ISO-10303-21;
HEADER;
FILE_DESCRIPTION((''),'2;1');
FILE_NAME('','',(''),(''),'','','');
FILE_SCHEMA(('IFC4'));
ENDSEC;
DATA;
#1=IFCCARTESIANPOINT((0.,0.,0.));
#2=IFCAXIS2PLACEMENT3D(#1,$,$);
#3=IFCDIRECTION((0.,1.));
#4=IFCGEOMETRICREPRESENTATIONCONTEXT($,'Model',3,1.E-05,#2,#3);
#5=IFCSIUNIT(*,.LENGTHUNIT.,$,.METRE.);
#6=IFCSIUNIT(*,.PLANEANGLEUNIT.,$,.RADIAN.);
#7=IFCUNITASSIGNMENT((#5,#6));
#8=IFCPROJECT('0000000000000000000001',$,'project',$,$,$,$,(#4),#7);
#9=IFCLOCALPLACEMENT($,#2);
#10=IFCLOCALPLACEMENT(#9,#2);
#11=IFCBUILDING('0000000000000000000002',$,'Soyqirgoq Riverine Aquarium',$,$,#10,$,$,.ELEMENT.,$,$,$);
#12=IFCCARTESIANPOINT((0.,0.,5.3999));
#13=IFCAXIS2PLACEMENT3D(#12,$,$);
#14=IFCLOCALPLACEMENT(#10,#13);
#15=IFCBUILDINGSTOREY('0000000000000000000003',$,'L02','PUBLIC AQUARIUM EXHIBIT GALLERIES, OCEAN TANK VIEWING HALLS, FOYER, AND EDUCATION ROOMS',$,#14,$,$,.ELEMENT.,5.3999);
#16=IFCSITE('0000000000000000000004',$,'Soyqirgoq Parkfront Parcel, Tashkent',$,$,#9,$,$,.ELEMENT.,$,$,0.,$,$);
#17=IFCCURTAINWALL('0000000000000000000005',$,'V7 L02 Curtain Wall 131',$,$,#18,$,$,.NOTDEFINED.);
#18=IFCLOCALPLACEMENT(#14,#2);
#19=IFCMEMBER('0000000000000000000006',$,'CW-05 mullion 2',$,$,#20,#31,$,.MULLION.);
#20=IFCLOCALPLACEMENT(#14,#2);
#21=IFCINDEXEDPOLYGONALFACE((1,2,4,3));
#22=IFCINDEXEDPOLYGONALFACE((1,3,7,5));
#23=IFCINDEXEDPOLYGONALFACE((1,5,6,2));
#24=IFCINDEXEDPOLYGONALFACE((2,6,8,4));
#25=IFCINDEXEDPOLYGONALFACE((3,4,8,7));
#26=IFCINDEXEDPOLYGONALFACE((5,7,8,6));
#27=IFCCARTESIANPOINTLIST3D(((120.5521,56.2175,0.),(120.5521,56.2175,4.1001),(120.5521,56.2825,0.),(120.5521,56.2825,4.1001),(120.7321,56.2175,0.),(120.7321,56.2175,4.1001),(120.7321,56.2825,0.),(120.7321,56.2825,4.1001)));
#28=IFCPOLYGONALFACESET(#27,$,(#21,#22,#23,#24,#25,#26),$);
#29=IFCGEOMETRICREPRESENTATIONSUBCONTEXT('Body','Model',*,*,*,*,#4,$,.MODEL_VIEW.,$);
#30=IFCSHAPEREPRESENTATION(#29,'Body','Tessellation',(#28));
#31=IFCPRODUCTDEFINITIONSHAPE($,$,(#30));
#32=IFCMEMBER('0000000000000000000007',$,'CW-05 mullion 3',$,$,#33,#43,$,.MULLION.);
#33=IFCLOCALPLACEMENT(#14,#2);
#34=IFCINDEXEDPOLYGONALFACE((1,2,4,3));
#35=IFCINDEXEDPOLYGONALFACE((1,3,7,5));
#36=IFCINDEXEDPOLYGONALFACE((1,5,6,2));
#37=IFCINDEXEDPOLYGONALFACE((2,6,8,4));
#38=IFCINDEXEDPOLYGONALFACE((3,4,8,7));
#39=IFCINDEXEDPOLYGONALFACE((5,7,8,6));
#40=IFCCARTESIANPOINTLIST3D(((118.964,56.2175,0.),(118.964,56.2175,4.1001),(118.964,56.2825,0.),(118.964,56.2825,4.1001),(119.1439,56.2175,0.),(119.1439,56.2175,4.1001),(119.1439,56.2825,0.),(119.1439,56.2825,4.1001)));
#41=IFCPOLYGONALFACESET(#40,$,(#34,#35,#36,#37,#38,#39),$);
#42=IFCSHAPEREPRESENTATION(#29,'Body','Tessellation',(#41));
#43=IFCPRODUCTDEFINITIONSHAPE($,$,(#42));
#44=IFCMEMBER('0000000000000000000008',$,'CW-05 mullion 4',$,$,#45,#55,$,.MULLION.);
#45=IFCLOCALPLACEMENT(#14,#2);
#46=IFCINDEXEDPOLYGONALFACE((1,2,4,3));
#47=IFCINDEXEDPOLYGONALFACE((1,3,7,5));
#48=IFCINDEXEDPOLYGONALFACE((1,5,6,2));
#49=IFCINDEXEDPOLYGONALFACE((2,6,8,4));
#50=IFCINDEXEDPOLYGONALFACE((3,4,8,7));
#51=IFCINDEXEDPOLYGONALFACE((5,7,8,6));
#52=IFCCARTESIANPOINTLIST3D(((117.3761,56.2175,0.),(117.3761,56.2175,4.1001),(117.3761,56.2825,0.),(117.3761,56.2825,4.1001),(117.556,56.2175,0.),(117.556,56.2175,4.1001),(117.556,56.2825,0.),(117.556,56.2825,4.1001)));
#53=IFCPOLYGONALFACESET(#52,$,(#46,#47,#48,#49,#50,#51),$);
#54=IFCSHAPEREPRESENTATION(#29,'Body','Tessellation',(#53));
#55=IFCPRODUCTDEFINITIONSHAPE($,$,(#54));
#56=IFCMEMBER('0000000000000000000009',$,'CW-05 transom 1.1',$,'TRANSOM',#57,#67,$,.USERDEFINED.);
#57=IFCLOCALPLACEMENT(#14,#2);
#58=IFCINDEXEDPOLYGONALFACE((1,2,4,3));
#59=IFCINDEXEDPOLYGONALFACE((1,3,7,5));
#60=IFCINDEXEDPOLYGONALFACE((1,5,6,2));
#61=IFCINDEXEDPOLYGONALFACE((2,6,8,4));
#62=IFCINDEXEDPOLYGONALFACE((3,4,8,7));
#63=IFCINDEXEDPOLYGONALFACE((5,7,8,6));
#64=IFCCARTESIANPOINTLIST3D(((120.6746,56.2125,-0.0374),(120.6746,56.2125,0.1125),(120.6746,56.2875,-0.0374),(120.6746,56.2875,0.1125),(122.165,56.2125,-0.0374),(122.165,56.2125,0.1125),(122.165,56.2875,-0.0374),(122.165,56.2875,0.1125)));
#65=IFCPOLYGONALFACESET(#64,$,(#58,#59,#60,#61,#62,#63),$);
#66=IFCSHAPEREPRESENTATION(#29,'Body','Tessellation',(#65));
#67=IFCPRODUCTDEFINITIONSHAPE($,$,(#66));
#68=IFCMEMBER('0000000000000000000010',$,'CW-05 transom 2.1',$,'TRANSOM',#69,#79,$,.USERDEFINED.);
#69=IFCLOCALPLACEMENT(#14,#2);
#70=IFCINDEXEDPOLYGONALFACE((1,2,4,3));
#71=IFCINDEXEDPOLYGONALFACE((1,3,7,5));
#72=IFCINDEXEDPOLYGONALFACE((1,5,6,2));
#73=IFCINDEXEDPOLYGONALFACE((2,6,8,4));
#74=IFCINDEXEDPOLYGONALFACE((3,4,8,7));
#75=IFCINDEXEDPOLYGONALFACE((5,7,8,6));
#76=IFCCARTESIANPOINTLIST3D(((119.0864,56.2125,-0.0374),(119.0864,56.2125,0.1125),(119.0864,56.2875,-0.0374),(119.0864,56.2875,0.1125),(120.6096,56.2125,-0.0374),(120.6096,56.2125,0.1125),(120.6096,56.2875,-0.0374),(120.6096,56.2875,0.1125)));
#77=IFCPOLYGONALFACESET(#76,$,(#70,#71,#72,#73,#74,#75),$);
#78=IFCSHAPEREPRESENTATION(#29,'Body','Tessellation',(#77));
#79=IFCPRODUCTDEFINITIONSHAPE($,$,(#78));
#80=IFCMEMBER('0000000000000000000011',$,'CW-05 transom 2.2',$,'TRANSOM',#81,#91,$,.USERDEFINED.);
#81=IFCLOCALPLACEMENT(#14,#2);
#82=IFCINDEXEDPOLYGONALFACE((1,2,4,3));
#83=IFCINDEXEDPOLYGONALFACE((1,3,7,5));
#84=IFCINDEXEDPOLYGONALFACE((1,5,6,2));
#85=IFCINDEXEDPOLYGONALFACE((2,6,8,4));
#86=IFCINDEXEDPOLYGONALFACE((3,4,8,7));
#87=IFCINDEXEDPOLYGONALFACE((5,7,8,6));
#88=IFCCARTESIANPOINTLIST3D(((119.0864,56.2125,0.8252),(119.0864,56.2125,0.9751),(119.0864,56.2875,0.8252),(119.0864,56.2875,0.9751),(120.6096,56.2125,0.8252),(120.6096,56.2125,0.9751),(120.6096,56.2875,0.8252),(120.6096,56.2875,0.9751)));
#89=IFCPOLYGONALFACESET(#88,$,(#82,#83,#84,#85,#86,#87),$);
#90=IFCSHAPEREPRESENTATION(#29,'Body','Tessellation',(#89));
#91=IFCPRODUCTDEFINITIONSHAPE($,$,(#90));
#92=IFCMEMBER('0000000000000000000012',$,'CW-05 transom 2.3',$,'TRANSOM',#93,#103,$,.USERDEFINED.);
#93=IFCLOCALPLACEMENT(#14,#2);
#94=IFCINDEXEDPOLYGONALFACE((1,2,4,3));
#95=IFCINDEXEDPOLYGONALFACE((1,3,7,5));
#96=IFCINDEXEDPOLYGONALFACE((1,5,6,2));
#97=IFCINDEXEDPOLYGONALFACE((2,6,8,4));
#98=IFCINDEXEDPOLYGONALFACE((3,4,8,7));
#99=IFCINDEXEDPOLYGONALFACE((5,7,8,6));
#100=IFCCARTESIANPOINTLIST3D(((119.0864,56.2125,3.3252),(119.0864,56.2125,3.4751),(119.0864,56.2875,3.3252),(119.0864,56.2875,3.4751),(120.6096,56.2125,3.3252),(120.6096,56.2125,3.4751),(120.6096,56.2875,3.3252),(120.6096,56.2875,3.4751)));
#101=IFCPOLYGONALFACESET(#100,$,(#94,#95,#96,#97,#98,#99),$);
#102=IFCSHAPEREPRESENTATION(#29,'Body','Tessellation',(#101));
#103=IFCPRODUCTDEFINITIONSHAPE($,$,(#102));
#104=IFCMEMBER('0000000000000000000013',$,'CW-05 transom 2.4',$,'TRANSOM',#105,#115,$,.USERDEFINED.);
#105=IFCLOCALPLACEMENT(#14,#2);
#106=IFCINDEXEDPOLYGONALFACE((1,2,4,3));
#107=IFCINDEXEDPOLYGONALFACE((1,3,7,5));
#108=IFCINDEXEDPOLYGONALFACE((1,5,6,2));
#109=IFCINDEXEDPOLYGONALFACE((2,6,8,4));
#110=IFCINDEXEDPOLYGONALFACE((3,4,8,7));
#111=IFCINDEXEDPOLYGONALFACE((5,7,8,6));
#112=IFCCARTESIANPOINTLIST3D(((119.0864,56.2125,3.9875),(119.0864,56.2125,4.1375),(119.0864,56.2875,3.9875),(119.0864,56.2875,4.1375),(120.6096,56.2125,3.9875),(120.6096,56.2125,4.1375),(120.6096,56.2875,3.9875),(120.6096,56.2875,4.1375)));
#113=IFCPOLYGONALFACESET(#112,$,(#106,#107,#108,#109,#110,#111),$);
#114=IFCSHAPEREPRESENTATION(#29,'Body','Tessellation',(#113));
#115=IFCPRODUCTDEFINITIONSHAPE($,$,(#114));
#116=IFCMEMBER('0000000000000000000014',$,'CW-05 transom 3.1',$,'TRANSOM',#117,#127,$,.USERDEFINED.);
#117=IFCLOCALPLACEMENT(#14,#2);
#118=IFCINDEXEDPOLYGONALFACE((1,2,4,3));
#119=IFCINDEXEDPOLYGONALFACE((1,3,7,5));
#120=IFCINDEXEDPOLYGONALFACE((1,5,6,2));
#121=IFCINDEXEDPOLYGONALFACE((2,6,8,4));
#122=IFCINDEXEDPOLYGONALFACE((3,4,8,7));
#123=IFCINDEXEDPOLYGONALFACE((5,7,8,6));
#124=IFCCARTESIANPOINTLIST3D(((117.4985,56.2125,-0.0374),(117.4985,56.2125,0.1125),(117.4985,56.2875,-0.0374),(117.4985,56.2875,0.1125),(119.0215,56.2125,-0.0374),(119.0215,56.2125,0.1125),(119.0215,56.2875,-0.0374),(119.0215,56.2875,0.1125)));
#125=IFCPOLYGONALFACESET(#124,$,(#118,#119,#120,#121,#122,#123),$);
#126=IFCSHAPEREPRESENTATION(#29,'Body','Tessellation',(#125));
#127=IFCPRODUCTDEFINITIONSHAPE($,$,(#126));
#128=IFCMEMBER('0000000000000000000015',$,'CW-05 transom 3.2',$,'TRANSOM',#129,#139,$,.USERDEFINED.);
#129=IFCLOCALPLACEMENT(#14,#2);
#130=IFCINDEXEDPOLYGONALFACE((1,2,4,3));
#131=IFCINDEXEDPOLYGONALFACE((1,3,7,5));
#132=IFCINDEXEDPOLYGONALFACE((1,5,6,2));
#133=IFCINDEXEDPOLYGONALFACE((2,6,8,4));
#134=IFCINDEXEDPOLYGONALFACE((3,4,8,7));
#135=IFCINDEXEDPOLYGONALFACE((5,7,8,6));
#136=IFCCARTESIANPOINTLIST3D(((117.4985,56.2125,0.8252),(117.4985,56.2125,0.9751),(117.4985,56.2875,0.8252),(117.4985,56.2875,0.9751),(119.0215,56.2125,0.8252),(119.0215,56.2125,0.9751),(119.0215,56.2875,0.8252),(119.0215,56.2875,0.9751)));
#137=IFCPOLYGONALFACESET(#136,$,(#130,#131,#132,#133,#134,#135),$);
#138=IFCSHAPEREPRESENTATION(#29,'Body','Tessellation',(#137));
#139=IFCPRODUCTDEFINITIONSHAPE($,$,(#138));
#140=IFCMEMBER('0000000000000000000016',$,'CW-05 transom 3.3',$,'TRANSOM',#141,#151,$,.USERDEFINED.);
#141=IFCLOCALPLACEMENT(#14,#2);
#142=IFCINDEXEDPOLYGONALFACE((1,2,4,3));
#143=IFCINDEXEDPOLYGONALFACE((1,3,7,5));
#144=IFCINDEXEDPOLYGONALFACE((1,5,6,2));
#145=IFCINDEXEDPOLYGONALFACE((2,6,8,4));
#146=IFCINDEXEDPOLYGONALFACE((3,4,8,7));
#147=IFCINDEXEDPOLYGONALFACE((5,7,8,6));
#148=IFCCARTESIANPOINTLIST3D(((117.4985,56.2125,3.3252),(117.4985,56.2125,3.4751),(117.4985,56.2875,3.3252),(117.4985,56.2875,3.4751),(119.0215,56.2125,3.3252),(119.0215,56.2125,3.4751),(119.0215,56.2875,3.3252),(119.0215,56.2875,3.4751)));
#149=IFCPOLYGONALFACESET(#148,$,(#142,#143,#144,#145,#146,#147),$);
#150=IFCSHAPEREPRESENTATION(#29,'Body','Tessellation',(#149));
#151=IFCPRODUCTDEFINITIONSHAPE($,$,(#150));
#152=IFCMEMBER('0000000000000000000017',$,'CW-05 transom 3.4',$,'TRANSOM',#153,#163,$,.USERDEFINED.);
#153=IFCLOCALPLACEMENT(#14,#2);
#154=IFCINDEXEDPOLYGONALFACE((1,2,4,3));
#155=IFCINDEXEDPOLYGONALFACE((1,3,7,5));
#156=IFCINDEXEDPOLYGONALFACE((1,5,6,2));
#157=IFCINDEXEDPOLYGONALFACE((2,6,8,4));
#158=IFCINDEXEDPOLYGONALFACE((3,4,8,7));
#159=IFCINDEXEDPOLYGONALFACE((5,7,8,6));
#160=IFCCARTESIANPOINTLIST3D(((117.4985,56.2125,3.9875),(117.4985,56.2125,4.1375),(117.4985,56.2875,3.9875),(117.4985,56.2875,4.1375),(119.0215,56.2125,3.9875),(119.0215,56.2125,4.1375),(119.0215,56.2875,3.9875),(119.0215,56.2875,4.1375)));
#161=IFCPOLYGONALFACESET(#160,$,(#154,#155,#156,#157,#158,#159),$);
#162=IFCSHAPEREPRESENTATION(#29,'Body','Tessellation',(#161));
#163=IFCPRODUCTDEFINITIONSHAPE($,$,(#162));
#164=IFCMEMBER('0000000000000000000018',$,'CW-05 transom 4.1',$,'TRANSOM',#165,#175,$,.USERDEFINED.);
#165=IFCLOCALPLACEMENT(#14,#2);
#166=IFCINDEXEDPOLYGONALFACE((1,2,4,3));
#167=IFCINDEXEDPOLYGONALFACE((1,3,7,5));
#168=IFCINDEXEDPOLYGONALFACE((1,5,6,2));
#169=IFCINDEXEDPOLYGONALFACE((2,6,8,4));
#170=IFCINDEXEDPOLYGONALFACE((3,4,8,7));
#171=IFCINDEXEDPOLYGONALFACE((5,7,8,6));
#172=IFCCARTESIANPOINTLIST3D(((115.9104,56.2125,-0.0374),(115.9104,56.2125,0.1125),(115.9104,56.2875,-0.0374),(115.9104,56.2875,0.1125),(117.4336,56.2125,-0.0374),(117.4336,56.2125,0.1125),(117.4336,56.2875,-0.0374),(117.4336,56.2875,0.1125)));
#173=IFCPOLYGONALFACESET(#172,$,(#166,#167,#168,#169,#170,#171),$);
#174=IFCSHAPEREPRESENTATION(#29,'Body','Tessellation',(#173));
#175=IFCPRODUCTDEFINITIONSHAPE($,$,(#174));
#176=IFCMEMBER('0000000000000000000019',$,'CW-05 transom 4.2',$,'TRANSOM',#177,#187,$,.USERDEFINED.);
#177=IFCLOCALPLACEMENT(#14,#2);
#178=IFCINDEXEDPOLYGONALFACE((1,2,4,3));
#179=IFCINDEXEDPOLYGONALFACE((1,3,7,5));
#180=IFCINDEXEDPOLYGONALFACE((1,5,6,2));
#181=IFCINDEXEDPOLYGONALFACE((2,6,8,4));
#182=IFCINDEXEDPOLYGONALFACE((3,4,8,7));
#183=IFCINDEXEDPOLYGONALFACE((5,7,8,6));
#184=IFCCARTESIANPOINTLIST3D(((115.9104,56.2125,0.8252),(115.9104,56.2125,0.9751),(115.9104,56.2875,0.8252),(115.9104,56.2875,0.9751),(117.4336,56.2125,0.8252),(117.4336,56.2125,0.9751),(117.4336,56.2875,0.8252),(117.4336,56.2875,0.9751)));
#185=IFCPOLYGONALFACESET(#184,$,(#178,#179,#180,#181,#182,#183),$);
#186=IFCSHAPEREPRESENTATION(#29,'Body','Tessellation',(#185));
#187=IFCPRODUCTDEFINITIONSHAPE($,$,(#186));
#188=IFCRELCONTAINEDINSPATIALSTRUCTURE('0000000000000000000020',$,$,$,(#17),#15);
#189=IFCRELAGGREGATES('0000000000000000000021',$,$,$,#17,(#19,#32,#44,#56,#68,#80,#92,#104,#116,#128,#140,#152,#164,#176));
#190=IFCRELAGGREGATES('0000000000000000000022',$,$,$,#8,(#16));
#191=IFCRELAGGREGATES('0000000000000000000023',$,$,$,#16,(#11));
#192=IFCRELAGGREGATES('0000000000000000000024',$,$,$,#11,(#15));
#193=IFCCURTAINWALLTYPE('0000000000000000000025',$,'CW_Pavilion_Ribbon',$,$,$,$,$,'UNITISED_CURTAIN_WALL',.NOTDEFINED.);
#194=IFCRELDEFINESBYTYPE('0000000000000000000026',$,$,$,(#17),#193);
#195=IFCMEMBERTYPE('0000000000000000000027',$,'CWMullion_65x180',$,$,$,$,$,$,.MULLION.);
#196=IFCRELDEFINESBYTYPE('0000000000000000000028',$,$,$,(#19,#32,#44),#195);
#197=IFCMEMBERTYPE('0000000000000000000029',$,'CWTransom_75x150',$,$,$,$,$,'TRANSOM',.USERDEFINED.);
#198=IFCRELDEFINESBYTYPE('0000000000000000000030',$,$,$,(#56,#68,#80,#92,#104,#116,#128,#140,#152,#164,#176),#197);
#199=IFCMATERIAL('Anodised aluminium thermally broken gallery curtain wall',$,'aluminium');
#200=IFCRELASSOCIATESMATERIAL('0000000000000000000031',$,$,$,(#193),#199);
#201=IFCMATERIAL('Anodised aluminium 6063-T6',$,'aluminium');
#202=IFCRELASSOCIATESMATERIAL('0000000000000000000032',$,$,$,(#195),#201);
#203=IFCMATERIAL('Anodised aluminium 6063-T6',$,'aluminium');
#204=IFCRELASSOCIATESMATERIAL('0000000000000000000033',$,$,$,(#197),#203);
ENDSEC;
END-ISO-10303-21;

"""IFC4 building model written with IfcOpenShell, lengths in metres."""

from ifc_helpers import new_model, si_unit, direction, frame, origin, origin_2d, place, context, subcontext, project, spatial, rectangle, extrude, material, material_profile, profile_set, type_object, element, aggregate, save


model = new_model("IFC4")

# Units and contexts
model_context = context("Model", 3, precision=1e-05, world=origin(), true_north=direction((0.0, 1.0)))
body_context = subcontext(model_context, "Body", "Model", "MODEL_VIEW")
ifc_project = project(units=[si_unit("LENGTHUNIT", "METRE"), si_unit("PLANEANGLEUNIT", "RADIAN")], contexts=[model_context])

# Site, building, storey
site_placement = place(None, origin())
site = spatial("IfcSite", under=ifc_project, at=site_placement, Name="Soyqirgoq Parkfront Parcel, Tashkent", CompositionType="ELEMENT", RefElevation=0.0)
building_placement = place(site_placement, origin())
building = spatial("IfcBuilding", under=site, at=building_placement, Name="Soyqirgoq Riverine Aquarium", CompositionType="ELEMENT")
storey_placement = place(building_placement, frame((0.0, 0.0, 5.3999)))
storey = spatial("IfcBuildingStorey", under=building, at=storey_placement, Name="L02", Description="PUBLIC AQUARIUM EXHIBIT GALLERIES, OCEAN TANK VIEWING HALLS, FOYER, AND EDUCATION ROOMS", CompositionType="ELEMENT", Elevation=5.3999)

# Curtain wall, members
ifc_material_1 = material(Name="Anodised aluminium thermally broken gallery curtain wall", Category="aluminium")
curtain_wall_type = type_object("IfcCurtainWallType", Name="CW_Pavilion_Ribbon", ElementType="UNITISED_CURTAIN_WALL", PredefinedType="NOTDEFINED", material=ifc_material_1)
curtain_wall_placement = place(storey_placement, origin())
curtain_wall = element("IfcCurtainWall", 1, at=curtain_wall_placement, inside=storey, type_object=curtain_wall_type, Name="V7 L02 Curtain Wall 131", PredefinedType="NOTDEFINED")
ifc_material_2 = material(Name="Anodised aluminium 6063-T6", Category="aluminium")
ifc_material_profile_1 = material_profile(ifc_material_2, rectangle(XDim=0.0649, YDim=0.1799, at=origin_2d()), Name="ALU-M 65x180")
ifc_profile_set_1 = profile_set([ifc_material_profile_1], Name="Anodised aluminium 6063-T6")
member_type_1 = type_object("IfcMemberType", Name="CWMullion_65x180", PredefinedType="MULLION", material=ifc_profile_set_1)
member_1_placement = place(storey_placement, frame((120.6421, 56.25, 0.0), z_axis=(0.0, 0.0, 1.0), x_axis=(0.0, -1.0, 0.0)))
member_1 = element("IfcMember", 2, at=member_1_placement, type_object=member_type_1, Name="CW-05 mullion 2", PredefinedType="MULLION", context=body_context, shape_type="SweptSolid", body=[
    extrude(rectangle(XDim=0.0649, YDim=0.1799, at=origin_2d()), origin(), (0.0, 0.0, 1.0), 4.1001),
])
member_2_placement = place(storey_placement, frame((119.054, 56.25, 0.0), z_axis=(0.0, 0.0, 1.0), x_axis=(0.0, -1.0, 0.0)))
member_2 = element("IfcMember", 3, at=member_2_placement, type_object=member_type_1, Name="CW-05 mullion 3", PredefinedType="MULLION", context=body_context, shape_type="SweptSolid", body=[
    extrude(rectangle(XDim=0.0649, YDim=0.1799, at=origin_2d()), origin(), (0.0, 0.0, 1.0), 4.1001),
])
member_3_placement = place(storey_placement, frame((117.4661, 56.25, 0.0), z_axis=(0.0, 0.0, 1.0), x_axis=(0.0, -1.0, 0.0)))
member_3 = element("IfcMember", 4, at=member_3_placement, type_object=member_type_1, Name="CW-05 mullion 4", PredefinedType="MULLION", context=body_context, shape_type="SweptSolid", body=[
    extrude(rectangle(XDim=0.0649, YDim=0.1799, at=origin_2d()), origin(), (0.0, 0.0, 1.0), 4.1001),
])
ifc_material_3 = material(Name="Anodised aluminium 6063-T6", Category="aluminium")
ifc_material_profile_2 = material_profile(ifc_material_3, rectangle(XDim=0.075, YDim=0.1499, at=origin_2d()), Name="ALU-T 75x150")
ifc_profile_set_2 = profile_set([ifc_material_profile_2], Name="Anodised aluminium 6063-T6")
member_type_2 = type_object("IfcMemberType", Name="CWTransom_75x150", ElementType="TRANSOM", PredefinedType="USERDEFINED", material=ifc_profile_set_2)
member_4_placement = place(storey_placement, frame((122.165, 56.25, 0.0376), z_axis=(-1.0, 0.0, 0.0), x_axis=(0.0, -1.0, 0.0)))
member_4 = element("IfcMember", 5, at=member_4_placement, type_object=member_type_2, Name="CW-05 transom 1.1", ObjectType="TRANSOM", PredefinedType="USERDEFINED", context=body_context, shape_type="SweptSolid", body=[
    extrude(rectangle(XDim=0.075, YDim=0.1499, at=origin_2d()), origin(), (0.0, 0.0, 1.0), 1.4905),
])
member_5_placement = place(storey_placement, frame((120.6096, 56.25, 0.0376), z_axis=(-1.0, 0.0, 0.0), x_axis=(0.0, -1.0, 0.0)))
member_5 = element("IfcMember", 6, at=member_5_placement, type_object=member_type_2, Name="CW-05 transom 2.1", ObjectType="TRANSOM", PredefinedType="USERDEFINED", context=body_context, shape_type="SweptSolid", body=[
    extrude(rectangle(XDim=0.075, YDim=0.1499, at=origin_2d()), origin(), (0.0, 0.0, 1.0), 1.5232),
])
member_6_placement = place(storey_placement, frame((120.6096, 56.25, 0.9001), z_axis=(-1.0, 0.0, 0.0), x_axis=(0.0, -1.0, 0.0)))
member_6 = element("IfcMember", 7, at=member_6_placement, type_object=member_type_2, Name="CW-05 transom 2.2", ObjectType="TRANSOM", PredefinedType="USERDEFINED", context=body_context, shape_type="SweptSolid", body=[
    extrude(rectangle(XDim=0.075, YDim=0.1499, at=origin_2d()), origin(), (0.0, 0.0, 1.0), 1.5232),
])
member_7_placement = place(storey_placement, frame((120.6096, 56.25, 3.4001), z_axis=(-1.0, 0.0, 0.0), x_axis=(0.0, -1.0, 0.0)))
member_7 = element("IfcMember", 8, at=member_7_placement, type_object=member_type_2, Name="CW-05 transom 2.3", ObjectType="TRANSOM", PredefinedType="USERDEFINED", context=body_context, shape_type="SweptSolid", body=[
    extrude(rectangle(XDim=0.075, YDim=0.1499, at=origin_2d()), origin(), (0.0, 0.0, 1.0), 1.5232),
])
member_8_placement = place(storey_placement, frame((120.6096, 56.25, 4.0625), z_axis=(-1.0, 0.0, 0.0), x_axis=(0.0, -1.0, 0.0)))
member_8 = element("IfcMember", 9, at=member_8_placement, type_object=member_type_2, Name="CW-05 transom 2.4", ObjectType="TRANSOM", PredefinedType="USERDEFINED", context=body_context, shape_type="SweptSolid", body=[
    extrude(rectangle(XDim=0.075, YDim=0.1499, at=origin_2d()), origin(), (0.0, 0.0, 1.0), 1.5232),
])
member_9_placement = place(storey_placement, frame((119.0215, 56.25, 0.0376), z_axis=(-1.0, 0.0, 0.0), x_axis=(0.0, -1.0, 0.0)))
member_9 = element("IfcMember", 10, at=member_9_placement, type_object=member_type_2, Name="CW-05 transom 3.1", ObjectType="TRANSOM", PredefinedType="USERDEFINED", context=body_context, shape_type="SweptSolid", body=[
    extrude(rectangle(XDim=0.075, YDim=0.1499, at=origin_2d()), origin(), (0.0, 0.0, 1.0), 1.5229),
])
member_10_placement = place(storey_placement, frame((119.0215, 56.25, 0.9001), z_axis=(-1.0, 0.0, 0.0), x_axis=(0.0, -1.0, 0.0)))
member_10 = element("IfcMember", 11, at=member_10_placement, type_object=member_type_2, Name="CW-05 transom 3.2", ObjectType="TRANSOM", PredefinedType="USERDEFINED", context=body_context, shape_type="SweptSolid", body=[
    extrude(rectangle(XDim=0.075, YDim=0.1499, at=origin_2d()), origin(), (0.0, 0.0, 1.0), 1.5229),
])
member_11_placement = place(storey_placement, frame((119.0215, 56.25, 3.4001), z_axis=(-1.0, 0.0, 0.0), x_axis=(0.0, -1.0, 0.0)))
member_11 = element("IfcMember", 12, at=member_11_placement, type_object=member_type_2, Name="CW-05 transom 3.3", ObjectType="TRANSOM", PredefinedType="USERDEFINED", context=body_context, shape_type="SweptSolid", body=[
    extrude(rectangle(XDim=0.075, YDim=0.1499, at=origin_2d()), origin(), (0.0, 0.0, 1.0), 1.5229),
])
member_12_placement = place(storey_placement, frame((119.0215, 56.25, 4.0625), z_axis=(-1.0, 0.0, 0.0), x_axis=(0.0, -1.0, 0.0)))
member_12 = element("IfcMember", 13, at=member_12_placement, type_object=member_type_2, Name="CW-05 transom 3.4", ObjectType="TRANSOM", PredefinedType="USERDEFINED", context=body_context, shape_type="SweptSolid", body=[
    extrude(rectangle(XDim=0.075, YDim=0.1499, at=origin_2d()), origin(), (0.0, 0.0, 1.0), 1.5229),
])
member_13_placement = place(storey_placement, frame((117.4336, 56.25, 0.0376), z_axis=(-1.0, 0.0, 0.0), x_axis=(0.0, -1.0, 0.0)))
member_13 = element("IfcMember", 14, at=member_13_placement, type_object=member_type_2, Name="CW-05 transom 4.1", ObjectType="TRANSOM", PredefinedType="USERDEFINED", context=body_context, shape_type="SweptSolid", body=[
    extrude(rectangle(XDim=0.075, YDim=0.1499, at=origin_2d()), origin(), (0.0, 0.0, 1.0), 1.5232),
])
member_14_placement = place(storey_placement, frame((117.4336, 56.25, 0.9001), z_axis=(-1.0, 0.0, 0.0), x_axis=(0.0, -1.0, 0.0)))
member_14 = element("IfcMember", 15, at=member_14_placement, type_object=member_type_2, Name="CW-05 transom 4.2", ObjectType="TRANSOM", PredefinedType="USERDEFINED", context=body_context, shape_type="SweptSolid", body=[
    extrude(rectangle(XDim=0.075, YDim=0.1499, at=origin_2d()), origin(), (0.0, 0.0, 1.0), 1.5232),
])
aggregate(curtain_wall, [member_1, member_2, member_3, member_4, member_5, member_6, member_7, member_8, member_9, member_10, member_11, member_12, member_13, member_14])

save(model, "model.ifc")
